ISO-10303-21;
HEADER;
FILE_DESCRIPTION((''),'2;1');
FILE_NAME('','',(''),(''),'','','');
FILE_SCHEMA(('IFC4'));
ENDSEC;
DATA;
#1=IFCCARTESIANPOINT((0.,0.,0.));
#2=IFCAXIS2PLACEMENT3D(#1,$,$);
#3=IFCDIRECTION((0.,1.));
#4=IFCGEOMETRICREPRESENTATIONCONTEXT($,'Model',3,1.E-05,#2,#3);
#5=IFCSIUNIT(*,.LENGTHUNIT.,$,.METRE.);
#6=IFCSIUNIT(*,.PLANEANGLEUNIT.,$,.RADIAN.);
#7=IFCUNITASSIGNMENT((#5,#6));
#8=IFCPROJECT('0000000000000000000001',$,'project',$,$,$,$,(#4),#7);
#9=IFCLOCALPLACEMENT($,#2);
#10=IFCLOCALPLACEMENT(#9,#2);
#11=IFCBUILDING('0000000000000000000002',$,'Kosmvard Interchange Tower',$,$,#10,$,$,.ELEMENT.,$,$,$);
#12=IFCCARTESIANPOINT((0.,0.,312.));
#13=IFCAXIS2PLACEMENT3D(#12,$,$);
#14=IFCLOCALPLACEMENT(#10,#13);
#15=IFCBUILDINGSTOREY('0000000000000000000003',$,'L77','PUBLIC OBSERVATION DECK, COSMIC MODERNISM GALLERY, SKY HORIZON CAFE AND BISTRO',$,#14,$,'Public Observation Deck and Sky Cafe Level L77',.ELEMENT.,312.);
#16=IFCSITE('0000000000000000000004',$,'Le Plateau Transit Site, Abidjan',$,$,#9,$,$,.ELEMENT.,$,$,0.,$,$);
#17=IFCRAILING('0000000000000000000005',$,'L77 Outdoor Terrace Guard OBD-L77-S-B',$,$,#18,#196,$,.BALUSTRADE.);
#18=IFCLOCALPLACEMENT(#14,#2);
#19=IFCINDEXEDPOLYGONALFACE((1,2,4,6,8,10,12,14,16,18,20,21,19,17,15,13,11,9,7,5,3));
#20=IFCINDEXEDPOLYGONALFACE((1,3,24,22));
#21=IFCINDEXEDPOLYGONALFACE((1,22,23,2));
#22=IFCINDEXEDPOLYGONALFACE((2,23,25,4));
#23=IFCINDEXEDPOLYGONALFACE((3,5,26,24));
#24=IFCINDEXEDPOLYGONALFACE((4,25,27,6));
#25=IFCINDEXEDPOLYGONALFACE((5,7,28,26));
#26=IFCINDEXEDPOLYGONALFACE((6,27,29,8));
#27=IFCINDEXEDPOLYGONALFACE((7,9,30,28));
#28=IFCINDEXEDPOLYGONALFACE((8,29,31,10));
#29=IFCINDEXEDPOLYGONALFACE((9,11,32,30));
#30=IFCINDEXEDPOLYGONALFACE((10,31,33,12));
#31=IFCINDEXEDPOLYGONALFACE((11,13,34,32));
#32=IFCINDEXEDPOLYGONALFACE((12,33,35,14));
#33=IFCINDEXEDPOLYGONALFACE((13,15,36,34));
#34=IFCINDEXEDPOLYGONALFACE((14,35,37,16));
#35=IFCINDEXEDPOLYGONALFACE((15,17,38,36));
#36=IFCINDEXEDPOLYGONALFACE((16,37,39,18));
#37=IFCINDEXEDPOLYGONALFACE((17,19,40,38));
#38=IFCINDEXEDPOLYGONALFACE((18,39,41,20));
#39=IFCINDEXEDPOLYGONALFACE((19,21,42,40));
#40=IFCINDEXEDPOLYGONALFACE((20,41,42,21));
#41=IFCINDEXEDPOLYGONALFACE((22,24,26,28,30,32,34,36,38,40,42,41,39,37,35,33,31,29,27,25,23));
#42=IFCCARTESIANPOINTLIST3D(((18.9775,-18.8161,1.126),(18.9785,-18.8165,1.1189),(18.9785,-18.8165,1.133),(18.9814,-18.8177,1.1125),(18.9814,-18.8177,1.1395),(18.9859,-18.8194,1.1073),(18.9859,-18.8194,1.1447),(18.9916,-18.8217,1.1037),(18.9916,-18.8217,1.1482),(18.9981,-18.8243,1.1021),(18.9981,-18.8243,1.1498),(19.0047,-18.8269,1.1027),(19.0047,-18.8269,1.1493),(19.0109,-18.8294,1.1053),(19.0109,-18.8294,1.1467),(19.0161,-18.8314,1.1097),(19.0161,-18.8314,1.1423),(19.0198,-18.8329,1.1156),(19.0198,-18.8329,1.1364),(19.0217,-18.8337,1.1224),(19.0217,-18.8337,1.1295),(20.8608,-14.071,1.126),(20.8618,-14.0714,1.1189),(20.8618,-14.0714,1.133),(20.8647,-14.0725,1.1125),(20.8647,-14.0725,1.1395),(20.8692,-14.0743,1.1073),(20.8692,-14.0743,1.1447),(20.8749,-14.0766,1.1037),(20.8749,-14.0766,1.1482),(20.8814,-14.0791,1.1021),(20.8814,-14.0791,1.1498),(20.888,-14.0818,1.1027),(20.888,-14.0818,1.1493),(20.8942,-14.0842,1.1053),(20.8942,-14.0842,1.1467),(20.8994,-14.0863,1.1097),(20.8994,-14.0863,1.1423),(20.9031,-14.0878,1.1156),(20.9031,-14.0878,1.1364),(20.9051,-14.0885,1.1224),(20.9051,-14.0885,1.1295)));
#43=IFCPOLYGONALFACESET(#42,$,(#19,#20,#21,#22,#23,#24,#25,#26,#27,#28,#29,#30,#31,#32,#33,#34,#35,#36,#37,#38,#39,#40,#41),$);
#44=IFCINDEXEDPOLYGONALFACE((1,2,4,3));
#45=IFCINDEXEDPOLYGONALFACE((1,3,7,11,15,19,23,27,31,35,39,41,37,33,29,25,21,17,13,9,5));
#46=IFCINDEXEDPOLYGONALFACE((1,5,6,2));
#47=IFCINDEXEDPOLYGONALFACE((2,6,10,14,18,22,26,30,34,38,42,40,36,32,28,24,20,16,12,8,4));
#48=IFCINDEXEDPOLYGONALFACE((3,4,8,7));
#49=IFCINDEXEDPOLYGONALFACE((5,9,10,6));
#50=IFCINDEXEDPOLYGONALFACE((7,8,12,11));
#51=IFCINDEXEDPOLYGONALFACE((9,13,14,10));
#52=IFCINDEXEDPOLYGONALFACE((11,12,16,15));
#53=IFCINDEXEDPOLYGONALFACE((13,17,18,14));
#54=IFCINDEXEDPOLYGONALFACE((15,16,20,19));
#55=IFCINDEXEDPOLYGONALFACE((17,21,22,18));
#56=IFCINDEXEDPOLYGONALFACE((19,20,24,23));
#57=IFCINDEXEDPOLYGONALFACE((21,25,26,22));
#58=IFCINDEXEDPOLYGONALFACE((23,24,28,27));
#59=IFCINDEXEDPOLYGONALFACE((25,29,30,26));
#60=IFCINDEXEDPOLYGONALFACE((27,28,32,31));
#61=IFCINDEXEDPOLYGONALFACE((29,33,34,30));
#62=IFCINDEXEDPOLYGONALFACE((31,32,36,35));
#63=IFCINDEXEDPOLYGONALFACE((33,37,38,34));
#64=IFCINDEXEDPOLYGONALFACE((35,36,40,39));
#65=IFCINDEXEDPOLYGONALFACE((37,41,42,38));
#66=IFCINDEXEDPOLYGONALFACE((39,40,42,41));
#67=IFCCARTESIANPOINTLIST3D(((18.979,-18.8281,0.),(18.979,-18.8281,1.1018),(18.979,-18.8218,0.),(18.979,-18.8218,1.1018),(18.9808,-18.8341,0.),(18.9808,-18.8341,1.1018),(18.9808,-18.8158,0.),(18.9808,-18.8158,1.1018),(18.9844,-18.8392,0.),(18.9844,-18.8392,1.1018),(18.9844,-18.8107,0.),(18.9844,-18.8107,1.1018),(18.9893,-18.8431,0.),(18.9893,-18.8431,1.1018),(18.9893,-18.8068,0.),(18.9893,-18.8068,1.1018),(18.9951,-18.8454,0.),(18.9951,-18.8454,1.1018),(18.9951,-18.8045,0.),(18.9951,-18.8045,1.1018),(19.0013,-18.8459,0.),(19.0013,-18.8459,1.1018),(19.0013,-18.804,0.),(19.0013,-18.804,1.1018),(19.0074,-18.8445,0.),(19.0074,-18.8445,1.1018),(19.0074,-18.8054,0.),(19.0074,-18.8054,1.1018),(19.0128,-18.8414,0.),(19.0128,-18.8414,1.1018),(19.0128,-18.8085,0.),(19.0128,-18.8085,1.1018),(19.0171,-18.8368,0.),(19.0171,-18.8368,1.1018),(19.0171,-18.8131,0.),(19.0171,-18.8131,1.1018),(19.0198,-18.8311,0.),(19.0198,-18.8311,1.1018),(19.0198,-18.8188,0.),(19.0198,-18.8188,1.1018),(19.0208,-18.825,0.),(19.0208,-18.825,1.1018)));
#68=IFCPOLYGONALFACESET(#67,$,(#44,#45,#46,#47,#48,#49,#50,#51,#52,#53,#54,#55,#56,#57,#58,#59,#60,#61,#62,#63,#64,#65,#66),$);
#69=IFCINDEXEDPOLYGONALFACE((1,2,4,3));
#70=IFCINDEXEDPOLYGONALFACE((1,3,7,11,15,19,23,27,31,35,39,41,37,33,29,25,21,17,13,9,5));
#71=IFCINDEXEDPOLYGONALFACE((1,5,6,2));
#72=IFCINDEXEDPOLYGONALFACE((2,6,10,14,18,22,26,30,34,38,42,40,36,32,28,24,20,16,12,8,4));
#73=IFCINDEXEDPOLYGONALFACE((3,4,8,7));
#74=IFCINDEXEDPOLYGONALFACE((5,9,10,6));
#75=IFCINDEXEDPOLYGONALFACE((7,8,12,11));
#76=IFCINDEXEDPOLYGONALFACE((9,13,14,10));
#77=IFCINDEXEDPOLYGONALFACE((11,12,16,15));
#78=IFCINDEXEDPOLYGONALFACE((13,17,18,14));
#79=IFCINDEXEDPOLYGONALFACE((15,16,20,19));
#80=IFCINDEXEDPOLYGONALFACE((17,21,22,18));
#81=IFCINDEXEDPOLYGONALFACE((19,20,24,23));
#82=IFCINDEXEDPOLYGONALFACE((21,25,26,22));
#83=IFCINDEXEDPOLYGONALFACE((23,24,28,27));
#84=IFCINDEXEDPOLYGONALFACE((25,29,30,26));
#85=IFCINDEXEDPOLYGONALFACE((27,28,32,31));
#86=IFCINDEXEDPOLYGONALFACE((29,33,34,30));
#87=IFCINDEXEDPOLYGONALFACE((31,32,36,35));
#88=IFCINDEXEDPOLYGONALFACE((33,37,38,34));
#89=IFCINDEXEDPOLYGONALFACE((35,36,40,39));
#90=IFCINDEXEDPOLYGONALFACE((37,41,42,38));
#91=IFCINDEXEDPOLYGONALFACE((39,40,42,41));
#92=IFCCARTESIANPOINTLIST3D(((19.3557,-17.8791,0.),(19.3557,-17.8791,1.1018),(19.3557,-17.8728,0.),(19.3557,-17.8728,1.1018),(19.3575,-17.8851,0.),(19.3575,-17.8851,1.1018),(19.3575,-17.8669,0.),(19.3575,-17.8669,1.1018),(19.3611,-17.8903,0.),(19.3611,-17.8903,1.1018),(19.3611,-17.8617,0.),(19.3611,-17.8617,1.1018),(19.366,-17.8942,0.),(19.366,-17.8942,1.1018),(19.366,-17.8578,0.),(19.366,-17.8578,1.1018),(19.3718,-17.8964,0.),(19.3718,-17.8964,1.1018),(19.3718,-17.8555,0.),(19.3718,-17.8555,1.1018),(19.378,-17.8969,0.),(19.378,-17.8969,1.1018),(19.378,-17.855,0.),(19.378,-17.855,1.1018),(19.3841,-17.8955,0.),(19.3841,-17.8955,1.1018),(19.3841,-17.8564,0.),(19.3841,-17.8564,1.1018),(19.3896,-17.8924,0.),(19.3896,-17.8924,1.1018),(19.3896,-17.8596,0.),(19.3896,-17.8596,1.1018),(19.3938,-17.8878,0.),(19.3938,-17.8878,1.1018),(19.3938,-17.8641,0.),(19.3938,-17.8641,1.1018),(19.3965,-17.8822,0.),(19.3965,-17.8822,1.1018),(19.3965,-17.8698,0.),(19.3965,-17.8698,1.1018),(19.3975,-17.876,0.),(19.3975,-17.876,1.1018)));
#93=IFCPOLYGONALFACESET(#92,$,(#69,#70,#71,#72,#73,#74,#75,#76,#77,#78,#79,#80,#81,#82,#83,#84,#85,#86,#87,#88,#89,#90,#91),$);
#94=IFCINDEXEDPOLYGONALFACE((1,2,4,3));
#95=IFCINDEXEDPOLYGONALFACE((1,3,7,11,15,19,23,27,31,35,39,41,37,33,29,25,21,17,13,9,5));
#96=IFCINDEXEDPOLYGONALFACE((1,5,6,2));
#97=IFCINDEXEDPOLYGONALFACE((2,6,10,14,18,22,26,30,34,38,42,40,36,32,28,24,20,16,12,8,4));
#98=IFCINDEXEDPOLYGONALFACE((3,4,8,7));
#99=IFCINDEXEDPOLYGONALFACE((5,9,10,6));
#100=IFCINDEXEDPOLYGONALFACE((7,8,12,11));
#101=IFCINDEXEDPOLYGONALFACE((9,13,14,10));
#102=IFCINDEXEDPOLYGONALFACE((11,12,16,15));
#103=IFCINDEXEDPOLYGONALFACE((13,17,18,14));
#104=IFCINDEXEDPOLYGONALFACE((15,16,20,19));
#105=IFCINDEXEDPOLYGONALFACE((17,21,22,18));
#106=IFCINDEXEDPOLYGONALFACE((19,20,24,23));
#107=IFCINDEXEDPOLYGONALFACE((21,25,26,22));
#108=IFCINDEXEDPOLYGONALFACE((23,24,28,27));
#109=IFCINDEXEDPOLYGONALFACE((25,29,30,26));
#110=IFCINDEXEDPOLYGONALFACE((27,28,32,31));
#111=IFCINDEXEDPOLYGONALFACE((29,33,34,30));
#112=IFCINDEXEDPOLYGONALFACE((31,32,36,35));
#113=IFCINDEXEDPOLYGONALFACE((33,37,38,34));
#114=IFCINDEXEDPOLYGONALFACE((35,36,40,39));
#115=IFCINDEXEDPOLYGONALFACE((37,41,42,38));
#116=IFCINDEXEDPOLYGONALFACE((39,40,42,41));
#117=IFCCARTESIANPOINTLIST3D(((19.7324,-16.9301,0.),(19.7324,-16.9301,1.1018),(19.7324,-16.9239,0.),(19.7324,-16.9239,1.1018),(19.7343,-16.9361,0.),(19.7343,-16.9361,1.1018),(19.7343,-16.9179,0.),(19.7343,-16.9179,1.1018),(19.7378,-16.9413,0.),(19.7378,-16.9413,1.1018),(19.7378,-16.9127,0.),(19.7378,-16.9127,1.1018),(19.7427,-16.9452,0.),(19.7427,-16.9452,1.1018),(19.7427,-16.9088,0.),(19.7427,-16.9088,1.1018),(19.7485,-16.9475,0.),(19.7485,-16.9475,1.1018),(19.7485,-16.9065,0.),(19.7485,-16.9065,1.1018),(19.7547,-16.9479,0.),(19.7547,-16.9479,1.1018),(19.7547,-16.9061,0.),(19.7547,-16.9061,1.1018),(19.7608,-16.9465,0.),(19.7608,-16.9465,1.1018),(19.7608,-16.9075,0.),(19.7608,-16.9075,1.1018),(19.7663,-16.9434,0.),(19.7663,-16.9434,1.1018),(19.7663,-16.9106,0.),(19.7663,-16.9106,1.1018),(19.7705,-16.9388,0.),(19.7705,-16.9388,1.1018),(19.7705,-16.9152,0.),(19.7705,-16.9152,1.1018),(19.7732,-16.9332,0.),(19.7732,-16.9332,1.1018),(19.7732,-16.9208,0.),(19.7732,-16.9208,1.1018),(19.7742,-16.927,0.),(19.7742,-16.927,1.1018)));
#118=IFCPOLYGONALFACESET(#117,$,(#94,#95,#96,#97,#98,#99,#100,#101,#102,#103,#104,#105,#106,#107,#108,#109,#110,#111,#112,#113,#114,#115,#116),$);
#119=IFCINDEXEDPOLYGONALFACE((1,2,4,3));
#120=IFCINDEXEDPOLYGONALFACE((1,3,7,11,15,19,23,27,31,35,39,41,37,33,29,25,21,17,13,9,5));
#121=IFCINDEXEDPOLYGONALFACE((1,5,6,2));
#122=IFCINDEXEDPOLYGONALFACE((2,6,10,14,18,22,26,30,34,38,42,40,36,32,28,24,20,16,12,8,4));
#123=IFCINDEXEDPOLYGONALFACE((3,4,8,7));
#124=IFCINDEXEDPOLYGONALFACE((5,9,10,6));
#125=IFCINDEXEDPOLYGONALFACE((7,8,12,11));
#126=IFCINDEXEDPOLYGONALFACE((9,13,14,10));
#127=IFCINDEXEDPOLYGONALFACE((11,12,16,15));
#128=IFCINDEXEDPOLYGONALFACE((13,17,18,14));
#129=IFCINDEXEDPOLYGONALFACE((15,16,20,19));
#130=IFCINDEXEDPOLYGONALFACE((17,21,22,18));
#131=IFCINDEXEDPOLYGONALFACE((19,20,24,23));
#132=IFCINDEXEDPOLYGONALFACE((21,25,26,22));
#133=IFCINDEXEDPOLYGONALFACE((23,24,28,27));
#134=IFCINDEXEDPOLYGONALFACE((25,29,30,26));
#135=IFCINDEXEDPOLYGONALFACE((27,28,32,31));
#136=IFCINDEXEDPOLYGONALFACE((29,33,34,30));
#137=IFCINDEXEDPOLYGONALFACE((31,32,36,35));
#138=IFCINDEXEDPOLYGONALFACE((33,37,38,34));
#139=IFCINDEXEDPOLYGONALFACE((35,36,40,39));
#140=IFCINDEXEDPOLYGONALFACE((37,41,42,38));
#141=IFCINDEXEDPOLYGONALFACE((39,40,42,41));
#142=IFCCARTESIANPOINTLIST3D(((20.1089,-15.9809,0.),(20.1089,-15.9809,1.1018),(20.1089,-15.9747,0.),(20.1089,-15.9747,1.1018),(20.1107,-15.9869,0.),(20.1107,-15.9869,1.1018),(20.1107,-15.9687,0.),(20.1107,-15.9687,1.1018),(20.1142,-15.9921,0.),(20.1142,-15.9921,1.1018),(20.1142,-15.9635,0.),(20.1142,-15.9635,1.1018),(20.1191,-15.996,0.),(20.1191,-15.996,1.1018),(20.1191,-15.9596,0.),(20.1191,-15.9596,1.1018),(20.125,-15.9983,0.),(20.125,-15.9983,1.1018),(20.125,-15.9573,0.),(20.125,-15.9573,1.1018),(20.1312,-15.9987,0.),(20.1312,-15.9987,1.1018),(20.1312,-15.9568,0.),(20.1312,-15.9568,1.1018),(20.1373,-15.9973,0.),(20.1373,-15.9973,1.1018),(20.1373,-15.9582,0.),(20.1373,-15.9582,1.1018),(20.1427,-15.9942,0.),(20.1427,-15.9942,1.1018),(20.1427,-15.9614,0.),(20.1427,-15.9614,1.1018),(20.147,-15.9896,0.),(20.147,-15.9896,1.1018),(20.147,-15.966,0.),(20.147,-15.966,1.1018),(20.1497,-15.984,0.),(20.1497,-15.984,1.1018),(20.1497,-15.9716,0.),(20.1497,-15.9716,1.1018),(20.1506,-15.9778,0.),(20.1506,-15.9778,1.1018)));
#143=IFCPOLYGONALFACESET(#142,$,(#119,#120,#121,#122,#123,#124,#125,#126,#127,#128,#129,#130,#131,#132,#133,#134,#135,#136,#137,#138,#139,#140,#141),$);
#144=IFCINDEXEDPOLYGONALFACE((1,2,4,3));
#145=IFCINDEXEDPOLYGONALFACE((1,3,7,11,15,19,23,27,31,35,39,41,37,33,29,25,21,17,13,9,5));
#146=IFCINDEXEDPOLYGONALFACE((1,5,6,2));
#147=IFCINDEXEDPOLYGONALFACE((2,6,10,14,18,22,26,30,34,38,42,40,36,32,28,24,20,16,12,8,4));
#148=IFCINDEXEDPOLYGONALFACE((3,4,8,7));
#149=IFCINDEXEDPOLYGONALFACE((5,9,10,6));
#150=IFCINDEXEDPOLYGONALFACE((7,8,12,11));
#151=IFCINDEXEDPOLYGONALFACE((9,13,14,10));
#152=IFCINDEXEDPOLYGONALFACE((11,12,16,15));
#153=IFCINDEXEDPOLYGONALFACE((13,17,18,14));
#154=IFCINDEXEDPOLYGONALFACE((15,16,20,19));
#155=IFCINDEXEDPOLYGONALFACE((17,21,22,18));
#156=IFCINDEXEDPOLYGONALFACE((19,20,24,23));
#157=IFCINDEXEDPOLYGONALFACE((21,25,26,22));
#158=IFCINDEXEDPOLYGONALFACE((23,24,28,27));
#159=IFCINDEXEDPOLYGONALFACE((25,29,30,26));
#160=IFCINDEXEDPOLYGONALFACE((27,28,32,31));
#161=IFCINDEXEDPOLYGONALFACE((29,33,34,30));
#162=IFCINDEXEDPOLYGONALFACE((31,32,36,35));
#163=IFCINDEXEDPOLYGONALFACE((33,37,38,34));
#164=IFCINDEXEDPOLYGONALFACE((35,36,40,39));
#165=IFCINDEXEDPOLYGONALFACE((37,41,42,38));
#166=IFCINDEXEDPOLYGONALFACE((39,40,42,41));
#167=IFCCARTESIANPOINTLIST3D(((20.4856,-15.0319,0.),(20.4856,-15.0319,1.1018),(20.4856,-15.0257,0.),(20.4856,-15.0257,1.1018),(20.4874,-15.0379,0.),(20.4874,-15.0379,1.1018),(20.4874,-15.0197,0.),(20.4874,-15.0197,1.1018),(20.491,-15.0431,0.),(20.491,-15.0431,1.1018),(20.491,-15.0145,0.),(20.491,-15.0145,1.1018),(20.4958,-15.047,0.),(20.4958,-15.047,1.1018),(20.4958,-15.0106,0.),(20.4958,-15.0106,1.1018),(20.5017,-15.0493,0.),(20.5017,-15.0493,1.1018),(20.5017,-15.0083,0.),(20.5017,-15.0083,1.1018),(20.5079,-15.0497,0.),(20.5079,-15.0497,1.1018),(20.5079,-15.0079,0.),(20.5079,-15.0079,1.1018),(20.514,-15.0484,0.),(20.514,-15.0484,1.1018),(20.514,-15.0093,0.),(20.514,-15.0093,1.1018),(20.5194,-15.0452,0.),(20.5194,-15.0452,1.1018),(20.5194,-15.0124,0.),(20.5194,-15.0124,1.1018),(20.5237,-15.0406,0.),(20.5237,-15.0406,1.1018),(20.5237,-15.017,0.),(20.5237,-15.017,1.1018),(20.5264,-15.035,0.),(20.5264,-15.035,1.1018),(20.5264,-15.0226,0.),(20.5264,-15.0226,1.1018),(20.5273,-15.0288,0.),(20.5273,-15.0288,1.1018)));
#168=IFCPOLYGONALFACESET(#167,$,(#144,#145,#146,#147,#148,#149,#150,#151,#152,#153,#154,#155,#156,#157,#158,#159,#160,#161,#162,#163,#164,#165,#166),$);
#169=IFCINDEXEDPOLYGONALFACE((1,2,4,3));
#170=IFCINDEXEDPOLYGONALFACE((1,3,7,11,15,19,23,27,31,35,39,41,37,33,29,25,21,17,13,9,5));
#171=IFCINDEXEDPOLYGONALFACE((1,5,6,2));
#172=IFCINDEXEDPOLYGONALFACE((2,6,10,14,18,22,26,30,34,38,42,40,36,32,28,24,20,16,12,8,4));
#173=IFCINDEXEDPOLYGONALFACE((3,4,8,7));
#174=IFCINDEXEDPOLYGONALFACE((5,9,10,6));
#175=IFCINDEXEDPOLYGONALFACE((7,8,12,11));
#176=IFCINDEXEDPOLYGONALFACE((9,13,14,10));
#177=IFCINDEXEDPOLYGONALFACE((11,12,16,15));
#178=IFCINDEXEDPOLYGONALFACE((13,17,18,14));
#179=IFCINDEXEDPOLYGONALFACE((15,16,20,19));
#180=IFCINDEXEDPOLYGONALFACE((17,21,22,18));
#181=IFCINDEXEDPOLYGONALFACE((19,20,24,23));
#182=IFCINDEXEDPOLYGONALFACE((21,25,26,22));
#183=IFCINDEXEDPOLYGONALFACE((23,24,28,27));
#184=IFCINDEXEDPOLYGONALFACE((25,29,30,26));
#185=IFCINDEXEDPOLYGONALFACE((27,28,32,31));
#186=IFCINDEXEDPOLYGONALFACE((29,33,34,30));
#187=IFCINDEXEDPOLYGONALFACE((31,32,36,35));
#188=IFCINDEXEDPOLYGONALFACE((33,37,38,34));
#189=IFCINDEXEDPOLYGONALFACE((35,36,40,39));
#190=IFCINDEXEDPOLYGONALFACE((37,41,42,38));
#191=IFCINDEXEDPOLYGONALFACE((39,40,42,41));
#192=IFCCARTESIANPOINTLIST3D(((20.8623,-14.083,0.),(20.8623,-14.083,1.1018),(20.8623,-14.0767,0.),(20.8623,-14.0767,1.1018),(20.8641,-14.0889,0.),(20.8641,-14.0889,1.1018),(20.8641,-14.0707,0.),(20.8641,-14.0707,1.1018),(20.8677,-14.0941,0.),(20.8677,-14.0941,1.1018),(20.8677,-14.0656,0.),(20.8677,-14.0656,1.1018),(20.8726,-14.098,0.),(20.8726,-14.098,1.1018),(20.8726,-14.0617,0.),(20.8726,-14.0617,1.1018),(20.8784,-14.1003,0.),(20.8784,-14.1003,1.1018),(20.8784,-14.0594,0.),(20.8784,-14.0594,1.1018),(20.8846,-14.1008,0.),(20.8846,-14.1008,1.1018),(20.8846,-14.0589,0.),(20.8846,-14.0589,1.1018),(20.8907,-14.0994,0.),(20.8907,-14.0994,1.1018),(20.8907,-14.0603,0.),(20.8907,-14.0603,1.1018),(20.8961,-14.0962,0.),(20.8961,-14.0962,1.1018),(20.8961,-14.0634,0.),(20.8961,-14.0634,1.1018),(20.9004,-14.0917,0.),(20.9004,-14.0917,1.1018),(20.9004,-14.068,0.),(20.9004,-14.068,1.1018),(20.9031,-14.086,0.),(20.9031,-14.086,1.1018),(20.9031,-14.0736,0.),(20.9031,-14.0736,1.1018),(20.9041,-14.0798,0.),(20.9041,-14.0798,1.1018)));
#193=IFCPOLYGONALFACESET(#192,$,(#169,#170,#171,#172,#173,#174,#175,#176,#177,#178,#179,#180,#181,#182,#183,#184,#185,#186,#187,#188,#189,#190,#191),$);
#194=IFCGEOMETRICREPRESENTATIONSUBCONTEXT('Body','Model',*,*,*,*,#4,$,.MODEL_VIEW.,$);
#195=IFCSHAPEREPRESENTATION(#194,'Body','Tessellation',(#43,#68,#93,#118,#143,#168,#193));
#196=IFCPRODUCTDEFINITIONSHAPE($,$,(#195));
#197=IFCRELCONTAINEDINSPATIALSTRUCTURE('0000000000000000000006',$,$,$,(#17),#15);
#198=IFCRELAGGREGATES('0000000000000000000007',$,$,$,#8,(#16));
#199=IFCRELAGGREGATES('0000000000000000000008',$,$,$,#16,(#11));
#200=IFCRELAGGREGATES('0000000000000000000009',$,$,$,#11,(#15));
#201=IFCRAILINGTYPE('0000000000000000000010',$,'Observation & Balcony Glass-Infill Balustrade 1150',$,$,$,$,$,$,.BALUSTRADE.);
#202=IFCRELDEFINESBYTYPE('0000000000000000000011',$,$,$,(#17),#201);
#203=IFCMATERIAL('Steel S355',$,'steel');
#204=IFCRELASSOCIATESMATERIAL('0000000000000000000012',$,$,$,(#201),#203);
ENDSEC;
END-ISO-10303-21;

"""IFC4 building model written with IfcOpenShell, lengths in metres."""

from ifc_helpers import new_model, si_unit, direction, frame, origin, origin_2d, place, context, subcontext, project, spatial, circle, extrude, source, transform, mapped, material, type_object, element, save


model = new_model("IFC4")

# Units and contexts
model_context = context("Model", 3, precision=1e-05, world=origin(), true_north=direction((0.0, 1.0)))
body_context = subcontext(model_context, "Body", "Model", "MODEL_VIEW")
ifc_project = project(units=[si_unit("LENGTHUNIT", "METRE"), si_unit("PLANEANGLEUNIT", "RADIAN")], contexts=[model_context])

# Site, building, storey
site_placement = place(None, origin())
site = spatial("IfcSite", under=ifc_project, at=site_placement, Name="Le Plateau Transit Site, Abidjan", CompositionType="ELEMENT", RefElevation=0.0)
building_placement = place(site_placement, origin())
building = spatial("IfcBuilding", under=site, at=building_placement, Name="Kosmvard Interchange Tower", CompositionType="ELEMENT")
storey_placement = place(building_placement, frame((0.0, 0.0, 312.0)))
storey = spatial("IfcBuildingStorey", under=building, at=storey_placement, Name="L77", Description="PUBLIC OBSERVATION DECK, COSMIC MODERNISM GALLERY, SKY HORIZON CAFE AND BISTRO", LongName="Public Observation Deck and Sky Cafe Level L77", CompositionType="ELEMENT", Elevation=312.0)

# Shared definitions
ifc_material_1 = material(Name="Steel S355", Category="steel")

# Railing
railing_type = type_object("IfcRailingType", Name="Observation & Balcony Glass-Infill Balustrade 1150", PredefinedType="BALUSTRADE", material=ifc_material_1)
shared_shape_1 = source(origin(), body_context, "Body", "SweptSolid", [
    extrude(circle(Radius=0.0239, at=origin_2d()), frame((0.0, 0.0, 1.126), z_axis=(0.368899, 0.929469, 0.0), x_axis=(-0.929469, 0.368899, 0.0)), (0.0, 0.0, 1.0), 5.1052),
    extrude(circle(Radius=0.021, at=origin_2d()), origin(), (0.0, 0.0, 1.0), 1.1018),
    extrude(circle(Radius=0.021, at=origin_2d()), frame((0.3767, 0.949, 0.0)), (0.0, 0.0, 1.0), 1.1018),
    extrude(circle(Radius=0.021, at=origin_2d()), frame((0.7534, 1.8979, 0.0)), (0.0, 0.0, 1.0), 1.1018),
    extrude(circle(Radius=0.021, at=origin_2d()), frame((1.1299, 2.8472, 0.0)), (0.0, 0.0, 1.0), 1.1018),
    extrude(circle(Radius=0.021, at=origin_2d()), frame((1.5066, 3.7961, 0.0)), (0.0, 0.0, 1.0), 1.1018),
    extrude(circle(Radius=0.021, at=origin_2d()), frame((1.8833, 4.7451, 0.0)), (0.0, 0.0, 1.0), 1.1018),
])
railing_1_placement = place(storey_placement, frame((18.9998, -18.825, 0.0)))
element("IfcRailing", 1, at=railing_1_placement, inside=storey, type_object=railing_type, Name="L77 Outdoor Terrace Guard OBD-L77-S-B", PredefinedType="BALUSTRADE", context=body_context, shape_type="MappedRepresentation", body=[
    mapped(shared_shape_1, transform((0.0, 0.0, 0.0), scale=1.0)),
])

save(model, "model.ifc")
